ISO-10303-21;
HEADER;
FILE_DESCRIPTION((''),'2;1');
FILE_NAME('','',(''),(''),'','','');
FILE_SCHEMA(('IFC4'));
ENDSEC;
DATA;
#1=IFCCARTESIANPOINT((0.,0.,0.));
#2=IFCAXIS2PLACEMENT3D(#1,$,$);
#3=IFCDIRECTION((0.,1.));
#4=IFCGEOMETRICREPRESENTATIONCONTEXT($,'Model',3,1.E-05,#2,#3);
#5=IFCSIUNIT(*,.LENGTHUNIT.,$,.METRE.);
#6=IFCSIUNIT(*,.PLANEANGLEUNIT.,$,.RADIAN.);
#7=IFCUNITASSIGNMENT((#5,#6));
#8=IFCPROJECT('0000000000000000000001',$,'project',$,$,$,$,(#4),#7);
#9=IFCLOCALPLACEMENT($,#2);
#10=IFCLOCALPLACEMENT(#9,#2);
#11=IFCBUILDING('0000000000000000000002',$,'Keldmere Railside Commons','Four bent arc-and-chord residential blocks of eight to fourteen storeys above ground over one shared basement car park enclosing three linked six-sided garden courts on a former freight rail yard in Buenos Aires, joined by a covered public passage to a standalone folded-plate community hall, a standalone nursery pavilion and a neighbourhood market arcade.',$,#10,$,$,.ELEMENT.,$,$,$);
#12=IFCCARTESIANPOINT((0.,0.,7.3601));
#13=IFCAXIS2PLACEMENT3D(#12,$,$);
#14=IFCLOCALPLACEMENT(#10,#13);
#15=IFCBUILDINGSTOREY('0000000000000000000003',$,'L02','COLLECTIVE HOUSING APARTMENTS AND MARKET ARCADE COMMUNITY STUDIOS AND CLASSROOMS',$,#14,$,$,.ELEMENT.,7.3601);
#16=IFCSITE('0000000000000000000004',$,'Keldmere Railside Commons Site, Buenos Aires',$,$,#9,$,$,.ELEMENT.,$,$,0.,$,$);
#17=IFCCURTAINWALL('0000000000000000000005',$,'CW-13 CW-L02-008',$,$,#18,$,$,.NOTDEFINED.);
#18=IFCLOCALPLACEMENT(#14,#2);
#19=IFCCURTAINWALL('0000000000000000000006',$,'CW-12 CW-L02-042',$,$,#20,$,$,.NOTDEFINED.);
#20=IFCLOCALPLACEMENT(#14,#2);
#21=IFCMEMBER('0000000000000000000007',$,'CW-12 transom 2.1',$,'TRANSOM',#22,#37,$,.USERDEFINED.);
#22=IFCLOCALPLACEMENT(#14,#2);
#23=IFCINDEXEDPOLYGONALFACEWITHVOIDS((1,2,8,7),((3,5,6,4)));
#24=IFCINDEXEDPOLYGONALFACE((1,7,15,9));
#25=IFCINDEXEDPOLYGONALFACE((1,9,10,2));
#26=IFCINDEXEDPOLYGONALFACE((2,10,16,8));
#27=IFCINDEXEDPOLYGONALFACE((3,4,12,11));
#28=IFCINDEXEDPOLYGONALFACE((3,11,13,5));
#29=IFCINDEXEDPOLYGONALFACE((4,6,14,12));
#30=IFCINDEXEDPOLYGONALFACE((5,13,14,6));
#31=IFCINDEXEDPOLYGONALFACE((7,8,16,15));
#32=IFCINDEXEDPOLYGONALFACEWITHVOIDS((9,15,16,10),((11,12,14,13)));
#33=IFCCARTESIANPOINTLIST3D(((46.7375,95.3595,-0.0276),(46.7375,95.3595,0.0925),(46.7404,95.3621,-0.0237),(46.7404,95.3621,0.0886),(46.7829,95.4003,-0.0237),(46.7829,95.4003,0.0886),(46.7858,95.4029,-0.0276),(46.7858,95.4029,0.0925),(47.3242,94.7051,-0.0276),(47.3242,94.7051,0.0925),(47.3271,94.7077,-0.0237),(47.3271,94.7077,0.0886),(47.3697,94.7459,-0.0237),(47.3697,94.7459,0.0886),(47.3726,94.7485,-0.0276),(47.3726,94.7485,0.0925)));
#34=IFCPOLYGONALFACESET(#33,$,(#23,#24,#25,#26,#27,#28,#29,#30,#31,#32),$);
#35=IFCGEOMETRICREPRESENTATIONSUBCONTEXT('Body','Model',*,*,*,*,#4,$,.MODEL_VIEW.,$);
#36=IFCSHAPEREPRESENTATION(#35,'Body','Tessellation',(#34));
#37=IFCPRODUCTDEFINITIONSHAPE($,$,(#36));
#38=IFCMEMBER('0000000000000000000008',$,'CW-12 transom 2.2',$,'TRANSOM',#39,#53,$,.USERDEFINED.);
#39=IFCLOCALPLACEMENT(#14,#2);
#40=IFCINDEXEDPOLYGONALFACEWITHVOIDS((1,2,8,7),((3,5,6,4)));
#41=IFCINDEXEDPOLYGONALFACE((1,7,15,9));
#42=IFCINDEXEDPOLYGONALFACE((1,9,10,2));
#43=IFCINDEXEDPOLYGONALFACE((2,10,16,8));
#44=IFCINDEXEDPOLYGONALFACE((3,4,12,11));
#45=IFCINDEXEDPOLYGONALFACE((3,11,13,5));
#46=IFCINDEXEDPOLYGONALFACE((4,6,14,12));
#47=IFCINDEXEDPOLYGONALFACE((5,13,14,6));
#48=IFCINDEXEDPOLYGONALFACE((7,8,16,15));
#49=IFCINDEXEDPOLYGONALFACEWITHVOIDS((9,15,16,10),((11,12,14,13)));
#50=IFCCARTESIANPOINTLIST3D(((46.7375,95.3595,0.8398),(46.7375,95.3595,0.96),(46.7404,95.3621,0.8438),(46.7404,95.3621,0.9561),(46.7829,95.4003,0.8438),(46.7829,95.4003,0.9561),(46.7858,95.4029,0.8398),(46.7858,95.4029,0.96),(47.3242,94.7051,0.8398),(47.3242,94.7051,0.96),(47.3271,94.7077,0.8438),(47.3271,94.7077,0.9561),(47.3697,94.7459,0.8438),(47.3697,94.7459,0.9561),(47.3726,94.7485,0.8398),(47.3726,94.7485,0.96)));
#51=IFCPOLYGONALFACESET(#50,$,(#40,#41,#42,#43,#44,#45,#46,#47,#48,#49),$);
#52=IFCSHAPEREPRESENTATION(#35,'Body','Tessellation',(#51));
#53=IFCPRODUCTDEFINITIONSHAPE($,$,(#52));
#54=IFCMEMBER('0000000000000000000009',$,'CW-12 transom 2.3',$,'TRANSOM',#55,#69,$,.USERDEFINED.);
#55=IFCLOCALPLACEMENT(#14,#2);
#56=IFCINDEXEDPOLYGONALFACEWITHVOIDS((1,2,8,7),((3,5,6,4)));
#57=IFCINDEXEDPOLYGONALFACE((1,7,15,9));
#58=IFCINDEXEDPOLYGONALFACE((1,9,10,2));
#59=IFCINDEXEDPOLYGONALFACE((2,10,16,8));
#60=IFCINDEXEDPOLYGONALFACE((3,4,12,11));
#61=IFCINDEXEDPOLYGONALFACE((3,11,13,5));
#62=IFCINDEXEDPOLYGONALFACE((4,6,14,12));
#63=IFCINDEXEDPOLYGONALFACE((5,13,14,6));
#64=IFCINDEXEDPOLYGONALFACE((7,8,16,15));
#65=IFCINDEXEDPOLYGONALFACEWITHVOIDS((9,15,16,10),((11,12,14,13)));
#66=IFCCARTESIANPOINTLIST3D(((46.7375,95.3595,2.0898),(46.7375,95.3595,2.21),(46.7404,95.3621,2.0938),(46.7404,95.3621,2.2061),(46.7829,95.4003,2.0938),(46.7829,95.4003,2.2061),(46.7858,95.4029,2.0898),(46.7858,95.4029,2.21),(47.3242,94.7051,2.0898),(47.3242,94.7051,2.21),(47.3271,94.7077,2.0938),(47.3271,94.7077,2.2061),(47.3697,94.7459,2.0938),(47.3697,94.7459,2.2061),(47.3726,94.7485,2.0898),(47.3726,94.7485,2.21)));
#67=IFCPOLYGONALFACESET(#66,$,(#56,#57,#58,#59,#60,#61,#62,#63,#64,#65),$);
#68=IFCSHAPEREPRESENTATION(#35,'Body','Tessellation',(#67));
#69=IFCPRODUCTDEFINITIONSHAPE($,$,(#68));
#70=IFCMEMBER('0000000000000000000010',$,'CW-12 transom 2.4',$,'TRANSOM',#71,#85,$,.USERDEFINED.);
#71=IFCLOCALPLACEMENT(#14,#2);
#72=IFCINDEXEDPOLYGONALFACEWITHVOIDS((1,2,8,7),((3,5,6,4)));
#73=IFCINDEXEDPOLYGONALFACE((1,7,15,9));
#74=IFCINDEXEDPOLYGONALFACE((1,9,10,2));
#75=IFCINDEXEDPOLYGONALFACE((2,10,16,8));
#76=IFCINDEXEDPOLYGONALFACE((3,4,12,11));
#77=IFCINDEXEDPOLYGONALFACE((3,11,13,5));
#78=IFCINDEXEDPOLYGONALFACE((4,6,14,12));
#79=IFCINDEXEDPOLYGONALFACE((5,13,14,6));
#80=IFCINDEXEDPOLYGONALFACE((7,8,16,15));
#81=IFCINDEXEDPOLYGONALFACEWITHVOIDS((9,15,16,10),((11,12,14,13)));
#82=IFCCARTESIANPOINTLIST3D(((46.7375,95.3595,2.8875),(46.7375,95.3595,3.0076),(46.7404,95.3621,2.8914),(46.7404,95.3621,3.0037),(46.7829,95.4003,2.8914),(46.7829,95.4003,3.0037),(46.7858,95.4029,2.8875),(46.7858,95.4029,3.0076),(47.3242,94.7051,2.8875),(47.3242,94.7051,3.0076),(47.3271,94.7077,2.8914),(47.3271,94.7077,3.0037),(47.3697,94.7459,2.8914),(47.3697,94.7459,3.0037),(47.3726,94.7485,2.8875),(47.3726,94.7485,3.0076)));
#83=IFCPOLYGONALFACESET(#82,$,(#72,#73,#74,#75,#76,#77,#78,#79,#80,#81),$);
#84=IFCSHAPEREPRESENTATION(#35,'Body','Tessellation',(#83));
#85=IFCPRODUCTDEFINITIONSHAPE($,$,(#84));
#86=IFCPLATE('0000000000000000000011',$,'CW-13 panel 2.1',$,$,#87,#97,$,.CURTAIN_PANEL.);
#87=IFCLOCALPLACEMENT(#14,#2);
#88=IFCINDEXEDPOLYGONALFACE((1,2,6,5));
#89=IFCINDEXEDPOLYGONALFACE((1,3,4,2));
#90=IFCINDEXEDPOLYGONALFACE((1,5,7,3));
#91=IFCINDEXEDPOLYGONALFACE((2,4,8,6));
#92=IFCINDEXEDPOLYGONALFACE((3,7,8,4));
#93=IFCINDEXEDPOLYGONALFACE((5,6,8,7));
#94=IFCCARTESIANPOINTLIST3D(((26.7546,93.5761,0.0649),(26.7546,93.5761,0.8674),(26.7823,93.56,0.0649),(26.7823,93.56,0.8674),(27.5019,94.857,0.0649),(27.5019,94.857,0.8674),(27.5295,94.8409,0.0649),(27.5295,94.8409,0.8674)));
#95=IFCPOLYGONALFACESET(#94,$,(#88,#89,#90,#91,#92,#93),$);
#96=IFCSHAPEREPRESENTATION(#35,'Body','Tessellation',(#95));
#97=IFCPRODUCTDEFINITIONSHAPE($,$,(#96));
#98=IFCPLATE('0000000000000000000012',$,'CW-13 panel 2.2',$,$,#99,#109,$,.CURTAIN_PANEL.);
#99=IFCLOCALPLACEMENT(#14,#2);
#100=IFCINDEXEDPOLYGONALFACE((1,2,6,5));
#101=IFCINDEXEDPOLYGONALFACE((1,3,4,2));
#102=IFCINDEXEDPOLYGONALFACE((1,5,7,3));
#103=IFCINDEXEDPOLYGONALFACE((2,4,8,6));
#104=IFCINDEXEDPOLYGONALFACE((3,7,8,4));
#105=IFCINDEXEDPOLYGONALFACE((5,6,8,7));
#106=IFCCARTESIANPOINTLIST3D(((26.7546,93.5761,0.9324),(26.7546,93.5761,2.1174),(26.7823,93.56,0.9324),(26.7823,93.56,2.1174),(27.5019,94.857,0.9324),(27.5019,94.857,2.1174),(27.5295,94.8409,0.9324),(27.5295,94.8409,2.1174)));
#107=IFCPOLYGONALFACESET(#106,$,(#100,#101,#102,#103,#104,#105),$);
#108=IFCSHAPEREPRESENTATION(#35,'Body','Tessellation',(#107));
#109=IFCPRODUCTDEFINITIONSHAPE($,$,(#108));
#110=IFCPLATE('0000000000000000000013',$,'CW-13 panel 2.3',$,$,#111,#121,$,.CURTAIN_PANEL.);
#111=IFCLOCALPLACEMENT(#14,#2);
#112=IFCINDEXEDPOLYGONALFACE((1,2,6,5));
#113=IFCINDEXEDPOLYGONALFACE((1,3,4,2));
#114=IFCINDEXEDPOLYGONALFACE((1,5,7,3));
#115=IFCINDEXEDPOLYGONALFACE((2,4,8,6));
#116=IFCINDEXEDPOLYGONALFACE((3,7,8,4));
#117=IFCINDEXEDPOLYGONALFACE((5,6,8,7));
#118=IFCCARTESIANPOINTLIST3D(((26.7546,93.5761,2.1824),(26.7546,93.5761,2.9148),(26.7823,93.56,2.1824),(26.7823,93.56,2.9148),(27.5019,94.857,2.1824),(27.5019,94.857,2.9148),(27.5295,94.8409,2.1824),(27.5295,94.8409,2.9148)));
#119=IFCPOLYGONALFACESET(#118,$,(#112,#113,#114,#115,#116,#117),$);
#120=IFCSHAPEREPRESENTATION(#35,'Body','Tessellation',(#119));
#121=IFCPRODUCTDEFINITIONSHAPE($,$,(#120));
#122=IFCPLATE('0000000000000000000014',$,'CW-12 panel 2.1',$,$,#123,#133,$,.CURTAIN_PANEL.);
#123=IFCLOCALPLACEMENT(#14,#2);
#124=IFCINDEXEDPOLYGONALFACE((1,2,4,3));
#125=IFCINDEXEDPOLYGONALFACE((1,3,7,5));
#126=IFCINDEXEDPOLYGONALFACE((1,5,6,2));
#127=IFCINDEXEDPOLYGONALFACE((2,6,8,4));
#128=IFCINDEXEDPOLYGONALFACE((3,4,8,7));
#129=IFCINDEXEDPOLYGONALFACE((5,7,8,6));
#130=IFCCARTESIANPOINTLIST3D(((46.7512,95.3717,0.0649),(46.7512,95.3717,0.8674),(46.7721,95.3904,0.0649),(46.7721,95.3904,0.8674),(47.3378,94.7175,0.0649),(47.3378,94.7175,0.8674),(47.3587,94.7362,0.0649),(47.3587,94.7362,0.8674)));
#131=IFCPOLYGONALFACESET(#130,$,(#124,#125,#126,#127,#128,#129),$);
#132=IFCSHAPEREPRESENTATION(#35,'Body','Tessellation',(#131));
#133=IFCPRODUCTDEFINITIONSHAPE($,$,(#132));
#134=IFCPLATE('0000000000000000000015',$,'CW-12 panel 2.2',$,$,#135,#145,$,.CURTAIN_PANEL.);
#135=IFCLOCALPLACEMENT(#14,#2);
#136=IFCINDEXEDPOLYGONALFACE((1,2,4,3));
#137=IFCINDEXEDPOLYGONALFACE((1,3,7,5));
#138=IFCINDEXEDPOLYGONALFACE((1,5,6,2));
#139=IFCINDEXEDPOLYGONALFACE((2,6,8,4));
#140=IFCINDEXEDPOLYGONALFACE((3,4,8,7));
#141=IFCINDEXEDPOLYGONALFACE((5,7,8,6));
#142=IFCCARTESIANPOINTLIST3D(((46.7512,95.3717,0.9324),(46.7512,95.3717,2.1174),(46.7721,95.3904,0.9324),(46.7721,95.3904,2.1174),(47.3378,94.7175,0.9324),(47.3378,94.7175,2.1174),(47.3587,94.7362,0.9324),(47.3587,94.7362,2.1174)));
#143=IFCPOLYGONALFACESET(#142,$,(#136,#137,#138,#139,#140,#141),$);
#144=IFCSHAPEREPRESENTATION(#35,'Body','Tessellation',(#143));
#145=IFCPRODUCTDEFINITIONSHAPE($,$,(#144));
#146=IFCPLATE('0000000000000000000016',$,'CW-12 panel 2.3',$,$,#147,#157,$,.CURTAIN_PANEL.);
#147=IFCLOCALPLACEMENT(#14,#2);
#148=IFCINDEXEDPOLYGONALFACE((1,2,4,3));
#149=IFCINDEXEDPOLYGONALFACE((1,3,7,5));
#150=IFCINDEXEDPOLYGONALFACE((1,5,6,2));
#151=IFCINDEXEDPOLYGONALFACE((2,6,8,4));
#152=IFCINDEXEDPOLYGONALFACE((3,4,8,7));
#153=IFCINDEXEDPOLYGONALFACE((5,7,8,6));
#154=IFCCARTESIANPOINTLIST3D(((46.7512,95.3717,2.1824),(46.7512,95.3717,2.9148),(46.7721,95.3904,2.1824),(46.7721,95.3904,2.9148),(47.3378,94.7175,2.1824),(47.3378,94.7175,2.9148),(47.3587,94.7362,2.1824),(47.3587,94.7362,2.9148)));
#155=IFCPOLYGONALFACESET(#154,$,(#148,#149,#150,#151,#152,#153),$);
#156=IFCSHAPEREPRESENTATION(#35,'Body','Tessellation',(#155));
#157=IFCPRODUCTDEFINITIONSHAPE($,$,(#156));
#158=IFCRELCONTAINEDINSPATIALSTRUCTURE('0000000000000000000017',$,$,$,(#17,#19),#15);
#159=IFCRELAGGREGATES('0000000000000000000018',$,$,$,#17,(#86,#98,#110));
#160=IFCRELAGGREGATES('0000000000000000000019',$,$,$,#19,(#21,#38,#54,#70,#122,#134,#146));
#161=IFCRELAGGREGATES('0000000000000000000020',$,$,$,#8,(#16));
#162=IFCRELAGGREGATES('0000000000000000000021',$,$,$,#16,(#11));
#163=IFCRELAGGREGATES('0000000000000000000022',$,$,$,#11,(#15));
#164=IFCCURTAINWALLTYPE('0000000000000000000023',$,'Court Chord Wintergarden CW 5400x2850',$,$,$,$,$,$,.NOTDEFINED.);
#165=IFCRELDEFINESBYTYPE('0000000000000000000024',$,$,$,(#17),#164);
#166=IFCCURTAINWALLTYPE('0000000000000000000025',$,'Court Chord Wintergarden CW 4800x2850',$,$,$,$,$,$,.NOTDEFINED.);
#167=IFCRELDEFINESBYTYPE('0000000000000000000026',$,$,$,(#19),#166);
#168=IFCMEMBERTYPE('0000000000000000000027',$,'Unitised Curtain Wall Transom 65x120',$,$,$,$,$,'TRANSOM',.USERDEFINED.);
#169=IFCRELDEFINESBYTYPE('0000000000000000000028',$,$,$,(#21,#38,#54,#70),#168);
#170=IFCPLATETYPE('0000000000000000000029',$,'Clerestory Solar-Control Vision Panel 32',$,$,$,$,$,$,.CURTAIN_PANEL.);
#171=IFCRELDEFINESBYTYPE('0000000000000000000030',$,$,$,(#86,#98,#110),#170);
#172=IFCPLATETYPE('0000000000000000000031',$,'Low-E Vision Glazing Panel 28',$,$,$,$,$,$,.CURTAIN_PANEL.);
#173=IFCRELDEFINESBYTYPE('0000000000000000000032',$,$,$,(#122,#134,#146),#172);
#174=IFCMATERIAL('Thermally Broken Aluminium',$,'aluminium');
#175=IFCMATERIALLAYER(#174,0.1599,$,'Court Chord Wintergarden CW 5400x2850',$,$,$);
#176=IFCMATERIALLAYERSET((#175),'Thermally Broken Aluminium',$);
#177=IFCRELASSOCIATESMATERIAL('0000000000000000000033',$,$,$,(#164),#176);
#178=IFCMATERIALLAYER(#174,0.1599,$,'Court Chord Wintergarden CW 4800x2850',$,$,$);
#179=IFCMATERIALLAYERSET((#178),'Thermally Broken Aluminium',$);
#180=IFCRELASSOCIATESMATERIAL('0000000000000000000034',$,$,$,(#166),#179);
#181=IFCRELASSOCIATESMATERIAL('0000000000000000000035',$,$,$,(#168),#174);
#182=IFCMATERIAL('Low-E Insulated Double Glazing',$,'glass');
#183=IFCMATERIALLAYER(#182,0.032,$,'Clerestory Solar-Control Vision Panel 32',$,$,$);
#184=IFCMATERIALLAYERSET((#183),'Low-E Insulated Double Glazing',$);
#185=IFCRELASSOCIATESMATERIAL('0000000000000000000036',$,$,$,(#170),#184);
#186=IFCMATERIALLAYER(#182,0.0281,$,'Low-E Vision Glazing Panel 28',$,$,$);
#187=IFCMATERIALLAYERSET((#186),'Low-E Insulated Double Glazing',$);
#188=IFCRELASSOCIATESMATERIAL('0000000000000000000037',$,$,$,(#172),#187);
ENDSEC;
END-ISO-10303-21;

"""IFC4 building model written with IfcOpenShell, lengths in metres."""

from ifc_helpers import new_model, si_unit, direction, frame, origin, origin_2d, place, context, subcontext, project, spatial, rectangle, hollow_rectangle, extrude, material, layer, layer_set, material_profile, profile_set, type_object, element, aggregate, save


model = new_model("IFC4")

# Units and contexts
model_context = context("Model", 3, precision=1e-05, world=origin(), true_north=direction((0.0, 1.0)))
body_context = subcontext(model_context, "Body", "Model", "MODEL_VIEW")
ifc_project = project(units=[si_unit("LENGTHUNIT", "METRE"), si_unit("PLANEANGLEUNIT", "RADIAN")], contexts=[model_context])

# Site, building, storey
site_placement = place(None, origin())
site = spatial("IfcSite", under=ifc_project, at=site_placement, Name="Keldmere Railside Commons Site, Buenos Aires", CompositionType="ELEMENT", RefElevation=0.0)
building_placement = place(site_placement, origin())
building = spatial("IfcBuilding", under=site, at=building_placement, Name="Keldmere Railside Commons", Description="Four bent arc-and-chord residential blocks of eight to fourteen storeys above ground over one shared basement car park enclosing three linked six-sided garden courts on a former freight rail yard in Buenos Aires, joined by a covered public passage to a standalone folded-plate community hall, a standalone nursery pavilion and a neighbourhood market arcade.", CompositionType="ELEMENT")
storey_placement = place(building_placement, frame((0.0, 0.0, 7.3601)))
storey = spatial("IfcBuildingStorey", under=building, at=storey_placement, Name="L02", Description="COLLECTIVE HOUSING APARTMENTS AND MARKET ARCADE COMMUNITY STUDIOS AND CLASSROOMS", CompositionType="ELEMENT", Elevation=7.3601)

# Curtain wall
ifc_material_1 = material(Name="Thermally Broken Aluminium", Category="aluminium")
ifc_layer_1 = layer(ifc_material_1, 0.1599, Name="Court Chord Wintergarden CW 5400x2850")
ifc_layer_set_1 = layer_set([ifc_layer_1], Name="Thermally Broken Aluminium")
curtain_wall_type_1 = type_object("IfcCurtainWallType", Name="Court Chord Wintergarden CW 5400x2850", PredefinedType="NOTDEFINED", material=ifc_layer_set_1)
curtain_wall_1_placement = place(storey_placement, origin())
curtain_wall_1 = element("IfcCurtainWall", 1, at=curtain_wall_1_placement, inside=storey, type_object=curtain_wall_type_1, Name="CW-13 CW-L02-008", PredefinedType="NOTDEFINED")

# Curtain wall
ifc_layer_2 = layer(ifc_material_1, 0.1599, Name="Court Chord Wintergarden CW 4800x2850")
ifc_layer_set_2 = layer_set([ifc_layer_2], Name="Thermally Broken Aluminium")
curtain_wall_type_2 = type_object("IfcCurtainWallType", Name="Court Chord Wintergarden CW 4800x2850", PredefinedType="NOTDEFINED", material=ifc_layer_set_2)
curtain_wall_2_placement = place(storey_placement, origin())
curtain_wall_2 = element("IfcCurtainWall", 2, at=curtain_wall_2_placement, inside=storey, type_object=curtain_wall_type_2, Name="CW-12 CW-L02-042", PredefinedType="NOTDEFINED")

# Members
ifc_material_profile_1 = material_profile(ifc_material_1, hollow_rectangle(XDim=0.0649, YDim=0.1201, WallThickness=0.0039, at=origin_2d()), Name="ALU-TRAN-65x120")
ifc_profile_set_1 = profile_set([ifc_material_profile_1], Name="Thermally Broken Aluminium")
member_type_1 = type_object("IfcMemberType", Name="Unitised Curtain Wall Transom 65x120", ElementType="TRANSOM", PredefinedType="USERDEFINED", material=ifc_profile_set_1)
member_1_placement = place(storey_placement, frame((47.3484, 94.7268, 0.0325), z_axis=(-0.667582, 0.744536, 0.0), x_axis=(-0.744536, -0.667582, 0.0)))
member_1 = element("IfcMember", 3, at=member_1_placement, type_object=member_type_1, Name="CW-12 transom 2.1", ObjectType="TRANSOM", PredefinedType="USERDEFINED", context=body_context, shape_type="SweptSolid", body=[
    extrude(hollow_rectangle(XDim=0.0649, YDim=0.1201, WallThickness=0.0039, at=origin_2d()), origin(), (0.0, 0.0, 1.0), 0.8789),
])
member_2_placement = place(storey_placement, frame((47.3484, 94.7268, 0.8999), z_axis=(-0.667582, 0.744536, 0.0), x_axis=(-0.744536, -0.667582, 0.0)))
member_2 = element("IfcMember", 4, at=member_2_placement, type_object=member_type_1, Name="CW-12 transom 2.2", ObjectType="TRANSOM", PredefinedType="USERDEFINED", context=body_context, shape_type="SweptSolid", body=[
    extrude(hollow_rectangle(XDim=0.0649, YDim=0.1201, WallThickness=0.0039, at=origin_2d()), origin(), (0.0, 0.0, 1.0), 0.8789),
])
member_3_placement = place(storey_placement, frame((47.3484, 94.7268, 2.1499), z_axis=(-0.667582, 0.744536, 0.0), x_axis=(-0.744536, -0.667582, 0.0)))
member_3 = element("IfcMember", 5, at=member_3_placement, type_object=member_type_1, Name="CW-12 transom 2.3", ObjectType="TRANSOM", PredefinedType="USERDEFINED", context=body_context, shape_type="SweptSolid", body=[
    extrude(hollow_rectangle(XDim=0.0649, YDim=0.1201, WallThickness=0.0039, at=origin_2d()), origin(), (0.0, 0.0, 1.0), 0.8789),
])
member_4_placement = place(storey_placement, frame((47.3484, 94.7268, 2.9475), z_axis=(-0.667582, 0.744536, 0.0), x_axis=(-0.744536, -0.667582, 0.0)))
member_4 = element("IfcMember", 6, at=member_4_placement, type_object=member_type_1, Name="CW-12 transom 2.4", ObjectType="TRANSOM", PredefinedType="USERDEFINED", context=body_context, shape_type="SweptSolid", body=[
    extrude(hollow_rectangle(XDim=0.0649, YDim=0.1201, WallThickness=0.0039, at=origin_2d()), origin(), (0.0, 0.0, 1.0), 0.8789),
])

# Plates
ifc_material_2 = material(Name="Low-E Insulated Double Glazing", Category="glass")
ifc_layer_3 = layer(ifc_material_2, 0.032, Name="Clerestory Solar-Control Vision Panel 32")
ifc_layer_set_3 = layer_set([ifc_layer_3], Name="Low-E Insulated Double Glazing")
plate_type_1 = type_object("IfcPlateType", Name="Clerestory Solar-Control Vision Panel 32", PredefinedType="CURTAIN_PANEL", material=ifc_layer_set_3)
plate_1_placement = place(storey_placement, frame((27.1421, 94.2085, 0.0649), z_axis=(0.0, 0.0, 1.0), x_axis=(-0.503911, -0.863755, 0.0)))
plate_1 = element("IfcPlate", 7, at=plate_1_placement, type_object=plate_type_1, Name="CW-13 panel 2.1", PredefinedType="CURTAIN_PANEL", context=body_context, shape_type="SweptSolid", body=[
    extrude(rectangle(XDim=1.4829, YDim=0.032, at=origin_2d()), origin(), (0.0, 0.0, 1.0), 0.8025),
])
plate_2_placement = place(storey_placement, frame((27.1421, 94.2085, 0.9324), z_axis=(0.0, 0.0, 1.0), x_axis=(-0.503911, -0.863755, 0.0)))
plate_2 = element("IfcPlate", 8, at=plate_2_placement, type_object=plate_type_1, Name="CW-13 panel 2.2", PredefinedType="CURTAIN_PANEL", context=body_context, shape_type="SweptSolid", body=[
    extrude(rectangle(XDim=1.4829, YDim=0.032, at=origin_2d()), origin(), (0.0, 0.0, 1.0), 1.1851),
])
plate_3_placement = place(storey_placement, frame((27.1421, 94.2085, 2.1824), z_axis=(0.0, 0.0, 1.0), x_axis=(-0.503911, -0.863755, 0.0)))
plate_3 = element("IfcPlate", 9, at=plate_3_placement, type_object=plate_type_1, Name="CW-13 panel 2.3", PredefinedType="CURTAIN_PANEL", context=body_context, shape_type="SweptSolid", body=[
    extrude(rectangle(XDim=1.4829, YDim=0.032, at=origin_2d()), origin(), (0.0, 0.0, 1.0), 0.7324),
])
aggregate(curtain_wall_1, [plate_1, plate_2, plate_3])
ifc_layer_4 = layer(ifc_material_2, 0.0281, Name="Low-E Vision Glazing Panel 28")
ifc_layer_set_4 = layer_set([ifc_layer_4], Name="Low-E Insulated Double Glazing")
plate_type_2 = type_object("IfcPlateType", Name="Low-E Vision Glazing Panel 28", PredefinedType="CURTAIN_PANEL", material=ifc_layer_set_4)
plate_4_placement = place(storey_placement, frame((47.0549, 95.054, 0.0649), z_axis=(0.0, 0.0, 1.0), x_axis=(-0.667559, 0.744557, 0.0)))
plate_4 = element("IfcPlate", 10, at=plate_4_placement, type_object=plate_type_2, Name="CW-12 panel 2.1", PredefinedType="CURTAIN_PANEL", context=body_context, shape_type="SweptSolid", body=[
    extrude(rectangle(XDim=0.8787, YDim=0.0281, at=origin_2d()), origin(), (0.0, 0.0, 1.0), 0.8025),
])
plate_5_placement = place(storey_placement, frame((47.0549, 95.054, 0.9324), z_axis=(0.0, 0.0, 1.0), x_axis=(-0.667559, 0.744557, 0.0)))
plate_5 = element("IfcPlate", 11, at=plate_5_placement, type_object=plate_type_2, Name="CW-12 panel 2.2", PredefinedType="CURTAIN_PANEL", context=body_context, shape_type="SweptSolid", body=[
    extrude(rectangle(XDim=0.8787, YDim=0.0281, at=origin_2d()), origin(), (0.0, 0.0, 1.0), 1.1851),
])
plate_6_placement = place(storey_placement, frame((47.0549, 95.054, 2.1824), z_axis=(0.0, 0.0, 1.0), x_axis=(-0.667559, 0.744557, 0.0)))
plate_6 = element("IfcPlate", 12, at=plate_6_placement, type_object=plate_type_2, Name="CW-12 panel 2.3", PredefinedType="CURTAIN_PANEL", context=body_context, shape_type="SweptSolid", body=[
    extrude(rectangle(XDim=0.8787, YDim=0.0281, at=origin_2d()), origin(), (0.0, 0.0, 1.0), 0.7324),
])
aggregate(curtain_wall_2, [member_1, member_2, member_3, member_4, plate_4, plate_5, plate_6])

save(model, "model.ifc")
